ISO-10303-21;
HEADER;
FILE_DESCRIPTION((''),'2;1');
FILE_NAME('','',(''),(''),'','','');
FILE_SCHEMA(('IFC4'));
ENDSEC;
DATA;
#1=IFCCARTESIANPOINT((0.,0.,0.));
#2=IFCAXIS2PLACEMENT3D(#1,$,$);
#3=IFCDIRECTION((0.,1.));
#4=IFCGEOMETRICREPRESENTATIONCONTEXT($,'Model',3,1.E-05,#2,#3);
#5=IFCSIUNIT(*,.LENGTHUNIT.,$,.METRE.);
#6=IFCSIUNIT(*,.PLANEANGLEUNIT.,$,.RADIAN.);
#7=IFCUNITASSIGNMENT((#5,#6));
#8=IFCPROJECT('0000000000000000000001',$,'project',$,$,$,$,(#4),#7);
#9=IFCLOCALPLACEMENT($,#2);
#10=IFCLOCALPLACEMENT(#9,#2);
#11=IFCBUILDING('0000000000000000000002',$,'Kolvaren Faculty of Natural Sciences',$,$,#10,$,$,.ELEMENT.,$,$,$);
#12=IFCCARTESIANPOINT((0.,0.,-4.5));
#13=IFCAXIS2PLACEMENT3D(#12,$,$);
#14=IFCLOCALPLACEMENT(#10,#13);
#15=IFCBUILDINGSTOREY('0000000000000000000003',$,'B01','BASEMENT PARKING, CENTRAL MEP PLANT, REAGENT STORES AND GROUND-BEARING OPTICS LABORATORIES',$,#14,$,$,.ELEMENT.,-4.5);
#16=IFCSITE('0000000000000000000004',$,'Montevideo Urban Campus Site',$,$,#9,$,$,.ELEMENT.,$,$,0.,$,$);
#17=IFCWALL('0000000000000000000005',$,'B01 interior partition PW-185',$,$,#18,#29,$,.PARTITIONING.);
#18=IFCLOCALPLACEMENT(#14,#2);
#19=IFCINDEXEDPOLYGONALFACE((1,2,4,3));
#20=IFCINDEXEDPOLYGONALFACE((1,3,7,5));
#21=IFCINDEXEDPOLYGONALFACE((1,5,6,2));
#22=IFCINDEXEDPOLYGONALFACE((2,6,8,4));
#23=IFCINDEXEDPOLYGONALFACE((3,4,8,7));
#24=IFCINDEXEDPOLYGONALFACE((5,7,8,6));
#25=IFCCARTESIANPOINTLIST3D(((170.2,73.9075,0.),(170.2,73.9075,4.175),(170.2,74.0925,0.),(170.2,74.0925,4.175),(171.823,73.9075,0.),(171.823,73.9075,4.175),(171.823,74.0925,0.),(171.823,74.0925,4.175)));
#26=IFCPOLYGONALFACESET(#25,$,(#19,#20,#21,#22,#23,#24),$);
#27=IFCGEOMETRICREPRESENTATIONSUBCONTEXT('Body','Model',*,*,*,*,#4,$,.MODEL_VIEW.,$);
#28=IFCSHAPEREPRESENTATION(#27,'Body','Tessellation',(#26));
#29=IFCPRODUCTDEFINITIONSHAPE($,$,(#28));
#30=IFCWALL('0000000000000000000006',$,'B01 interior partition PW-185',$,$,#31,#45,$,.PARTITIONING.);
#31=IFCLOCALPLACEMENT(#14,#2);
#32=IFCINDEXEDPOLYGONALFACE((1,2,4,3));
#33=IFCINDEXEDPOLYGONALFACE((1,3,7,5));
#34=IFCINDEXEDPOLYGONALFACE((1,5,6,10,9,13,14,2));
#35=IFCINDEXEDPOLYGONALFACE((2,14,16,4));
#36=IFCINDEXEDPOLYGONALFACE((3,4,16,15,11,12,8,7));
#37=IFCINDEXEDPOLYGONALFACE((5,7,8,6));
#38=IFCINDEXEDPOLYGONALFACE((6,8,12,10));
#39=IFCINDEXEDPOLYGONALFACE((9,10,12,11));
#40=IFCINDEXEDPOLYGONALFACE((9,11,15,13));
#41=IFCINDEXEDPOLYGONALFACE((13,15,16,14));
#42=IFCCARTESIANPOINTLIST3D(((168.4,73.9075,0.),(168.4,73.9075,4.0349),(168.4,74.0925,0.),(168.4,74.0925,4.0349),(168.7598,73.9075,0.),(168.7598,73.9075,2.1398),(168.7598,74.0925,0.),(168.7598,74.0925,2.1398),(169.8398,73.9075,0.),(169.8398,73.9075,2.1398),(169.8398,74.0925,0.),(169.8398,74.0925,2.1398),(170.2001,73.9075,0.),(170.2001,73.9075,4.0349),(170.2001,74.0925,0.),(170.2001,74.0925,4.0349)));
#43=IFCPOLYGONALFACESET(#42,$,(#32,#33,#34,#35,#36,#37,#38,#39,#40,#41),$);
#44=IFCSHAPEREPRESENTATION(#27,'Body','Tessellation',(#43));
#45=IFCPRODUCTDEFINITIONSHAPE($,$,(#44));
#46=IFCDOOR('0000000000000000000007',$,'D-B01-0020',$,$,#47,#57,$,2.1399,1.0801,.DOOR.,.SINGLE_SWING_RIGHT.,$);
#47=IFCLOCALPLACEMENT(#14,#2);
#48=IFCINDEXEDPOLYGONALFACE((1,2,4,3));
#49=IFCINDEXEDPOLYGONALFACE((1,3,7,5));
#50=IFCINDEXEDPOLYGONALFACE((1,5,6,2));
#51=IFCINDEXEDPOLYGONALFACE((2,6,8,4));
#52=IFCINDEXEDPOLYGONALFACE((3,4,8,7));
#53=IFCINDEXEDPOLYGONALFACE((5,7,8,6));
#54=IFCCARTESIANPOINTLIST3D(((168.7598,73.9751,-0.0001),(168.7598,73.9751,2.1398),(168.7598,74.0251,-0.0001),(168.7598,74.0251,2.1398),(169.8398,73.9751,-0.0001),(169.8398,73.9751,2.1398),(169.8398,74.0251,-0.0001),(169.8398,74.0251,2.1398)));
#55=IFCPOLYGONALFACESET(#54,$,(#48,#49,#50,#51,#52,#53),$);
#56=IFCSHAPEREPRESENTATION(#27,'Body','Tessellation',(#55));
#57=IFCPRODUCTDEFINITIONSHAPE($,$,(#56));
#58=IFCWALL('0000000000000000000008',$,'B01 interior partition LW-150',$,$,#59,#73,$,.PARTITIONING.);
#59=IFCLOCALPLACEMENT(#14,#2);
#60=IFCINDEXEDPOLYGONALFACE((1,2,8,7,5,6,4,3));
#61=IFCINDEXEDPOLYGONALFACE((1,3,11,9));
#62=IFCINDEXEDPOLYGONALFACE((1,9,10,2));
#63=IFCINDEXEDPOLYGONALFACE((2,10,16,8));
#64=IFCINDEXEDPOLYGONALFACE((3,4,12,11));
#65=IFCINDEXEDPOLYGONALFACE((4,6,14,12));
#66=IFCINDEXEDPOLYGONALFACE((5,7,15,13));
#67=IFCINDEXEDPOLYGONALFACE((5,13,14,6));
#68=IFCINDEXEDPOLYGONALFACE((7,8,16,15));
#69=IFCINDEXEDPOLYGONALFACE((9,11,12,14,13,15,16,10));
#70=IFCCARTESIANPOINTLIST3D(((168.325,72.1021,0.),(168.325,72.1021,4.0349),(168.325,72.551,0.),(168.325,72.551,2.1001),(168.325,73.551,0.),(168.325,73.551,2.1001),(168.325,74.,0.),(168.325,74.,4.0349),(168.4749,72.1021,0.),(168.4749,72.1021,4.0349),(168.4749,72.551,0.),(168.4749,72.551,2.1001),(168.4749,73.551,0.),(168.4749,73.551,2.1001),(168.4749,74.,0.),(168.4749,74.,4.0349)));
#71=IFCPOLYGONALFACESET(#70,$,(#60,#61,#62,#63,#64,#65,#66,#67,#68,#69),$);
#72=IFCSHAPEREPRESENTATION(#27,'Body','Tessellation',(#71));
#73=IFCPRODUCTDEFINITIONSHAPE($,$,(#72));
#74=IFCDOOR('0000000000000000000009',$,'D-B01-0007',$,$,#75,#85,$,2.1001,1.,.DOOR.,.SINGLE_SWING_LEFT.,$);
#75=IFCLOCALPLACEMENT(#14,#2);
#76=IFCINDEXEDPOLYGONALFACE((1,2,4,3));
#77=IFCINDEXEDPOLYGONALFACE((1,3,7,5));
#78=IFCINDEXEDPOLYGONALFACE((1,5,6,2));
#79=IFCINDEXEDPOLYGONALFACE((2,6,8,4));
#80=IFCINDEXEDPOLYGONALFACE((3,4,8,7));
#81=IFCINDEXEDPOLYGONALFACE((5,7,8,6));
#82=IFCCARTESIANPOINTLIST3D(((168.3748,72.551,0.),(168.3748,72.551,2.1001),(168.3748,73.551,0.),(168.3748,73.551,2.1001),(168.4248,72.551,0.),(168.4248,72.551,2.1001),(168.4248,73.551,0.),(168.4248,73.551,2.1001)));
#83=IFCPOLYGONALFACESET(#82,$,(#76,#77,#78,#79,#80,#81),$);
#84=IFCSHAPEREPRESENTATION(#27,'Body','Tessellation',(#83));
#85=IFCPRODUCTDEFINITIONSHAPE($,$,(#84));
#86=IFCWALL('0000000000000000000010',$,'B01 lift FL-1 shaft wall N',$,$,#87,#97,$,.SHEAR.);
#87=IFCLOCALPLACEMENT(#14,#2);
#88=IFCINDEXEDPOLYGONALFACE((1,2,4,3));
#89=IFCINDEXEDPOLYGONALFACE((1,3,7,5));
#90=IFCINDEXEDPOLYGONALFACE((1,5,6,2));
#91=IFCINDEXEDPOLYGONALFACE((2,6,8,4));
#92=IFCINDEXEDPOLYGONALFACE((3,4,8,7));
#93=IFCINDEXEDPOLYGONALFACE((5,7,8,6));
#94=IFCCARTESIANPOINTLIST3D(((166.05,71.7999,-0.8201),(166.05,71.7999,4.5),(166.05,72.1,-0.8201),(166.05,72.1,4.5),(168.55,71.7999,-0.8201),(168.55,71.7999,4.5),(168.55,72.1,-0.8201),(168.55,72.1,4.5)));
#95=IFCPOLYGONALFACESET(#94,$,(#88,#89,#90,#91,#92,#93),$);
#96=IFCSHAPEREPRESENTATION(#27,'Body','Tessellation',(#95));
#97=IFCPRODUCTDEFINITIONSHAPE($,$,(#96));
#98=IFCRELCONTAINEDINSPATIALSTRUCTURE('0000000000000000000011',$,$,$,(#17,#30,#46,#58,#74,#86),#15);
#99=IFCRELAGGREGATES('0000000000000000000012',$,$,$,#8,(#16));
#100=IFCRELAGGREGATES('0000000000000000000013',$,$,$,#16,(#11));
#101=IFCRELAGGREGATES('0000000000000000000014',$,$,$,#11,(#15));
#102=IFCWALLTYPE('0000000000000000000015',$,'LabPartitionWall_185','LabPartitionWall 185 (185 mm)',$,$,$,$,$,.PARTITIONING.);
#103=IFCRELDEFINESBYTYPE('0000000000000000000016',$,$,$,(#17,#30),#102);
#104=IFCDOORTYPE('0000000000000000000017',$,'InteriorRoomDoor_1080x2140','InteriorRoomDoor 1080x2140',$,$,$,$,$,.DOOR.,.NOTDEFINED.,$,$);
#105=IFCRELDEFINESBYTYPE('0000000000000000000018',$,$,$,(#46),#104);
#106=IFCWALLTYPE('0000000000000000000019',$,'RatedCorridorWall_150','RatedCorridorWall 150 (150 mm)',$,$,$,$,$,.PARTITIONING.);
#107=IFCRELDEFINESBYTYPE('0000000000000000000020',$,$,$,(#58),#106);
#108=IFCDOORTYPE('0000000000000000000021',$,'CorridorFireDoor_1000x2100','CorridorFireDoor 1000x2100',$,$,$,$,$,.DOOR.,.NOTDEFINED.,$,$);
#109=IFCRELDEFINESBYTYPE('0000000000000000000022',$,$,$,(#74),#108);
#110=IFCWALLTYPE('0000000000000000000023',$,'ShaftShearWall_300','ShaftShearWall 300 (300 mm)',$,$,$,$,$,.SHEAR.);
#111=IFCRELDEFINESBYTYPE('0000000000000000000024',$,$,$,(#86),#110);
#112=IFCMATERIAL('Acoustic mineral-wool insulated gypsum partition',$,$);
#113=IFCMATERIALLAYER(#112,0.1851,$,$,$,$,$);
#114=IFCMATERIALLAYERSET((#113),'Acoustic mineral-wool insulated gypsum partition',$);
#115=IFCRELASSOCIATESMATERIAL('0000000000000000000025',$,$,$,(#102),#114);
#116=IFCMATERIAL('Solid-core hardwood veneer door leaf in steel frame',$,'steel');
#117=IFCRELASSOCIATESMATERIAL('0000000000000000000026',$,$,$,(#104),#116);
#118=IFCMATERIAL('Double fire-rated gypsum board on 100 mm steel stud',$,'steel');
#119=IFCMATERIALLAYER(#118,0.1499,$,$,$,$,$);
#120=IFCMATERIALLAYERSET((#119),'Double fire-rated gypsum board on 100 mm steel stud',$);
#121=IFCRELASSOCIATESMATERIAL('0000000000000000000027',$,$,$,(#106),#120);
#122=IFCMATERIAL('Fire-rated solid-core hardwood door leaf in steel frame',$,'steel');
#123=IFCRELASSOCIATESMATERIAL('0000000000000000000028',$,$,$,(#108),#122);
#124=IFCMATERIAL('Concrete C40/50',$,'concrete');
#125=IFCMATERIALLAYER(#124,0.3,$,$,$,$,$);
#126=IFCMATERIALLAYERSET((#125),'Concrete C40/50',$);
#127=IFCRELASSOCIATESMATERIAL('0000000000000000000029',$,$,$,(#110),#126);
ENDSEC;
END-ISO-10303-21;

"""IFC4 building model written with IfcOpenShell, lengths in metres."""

from ifc_helpers import new_model, si_unit, direction, frame, frame_2d, origin, place, context, subcontext, project, spatial, rectangle, extrude, material, layer, layer_set, type_object, element, fill, save


model = new_model("IFC4")

# Units and contexts
model_context = context("Model", 3, precision=1e-05, world=origin(), true_north=direction((0.0, 1.0)))
body_context = subcontext(model_context, "Body", "Model", "MODEL_VIEW")
ifc_project = project(units=[si_unit("LENGTHUNIT", "METRE"), si_unit("PLANEANGLEUNIT", "RADIAN")], contexts=[model_context])

# Site, building, storey
site_placement = place(None, origin())
site = spatial("IfcSite", under=ifc_project, at=site_placement, Name="Montevideo Urban Campus Site", CompositionType="ELEMENT", RefElevation=0.0)
building_placement = place(site_placement, origin())
building = spatial("IfcBuilding", under=site, at=building_placement, Name="Kolvaren Faculty of Natural Sciences", CompositionType="ELEMENT")
storey_placement = place(building_placement, frame((0.0, 0.0, -4.5)))
storey = spatial("IfcBuildingStorey", under=building, at=storey_placement, Name="B01", Description="BASEMENT PARKING, CENTRAL MEP PLANT, REAGENT STORES AND GROUND-BEARING OPTICS LABORATORIES", CompositionType="ELEMENT", Elevation=-4.5)

# Shared definitions
ifc_material_1 = material(Name="Concrete C40/50", Category="concrete")

# Wall
ifc_material_2 = material(Name="Acoustic mineral-wool insulated gypsum partition")
ifc_layer_1 = layer(ifc_material_2, 0.1851)
ifc_layer_set_1 = layer_set([ifc_layer_1], Name="Acoustic mineral-wool insulated gypsum partition")
wall_type_1 = type_object("IfcWallType", Name="LabPartitionWall_185", Description="LabPartitionWall 185 (185 mm)", PredefinedType="PARTITIONING", material=ifc_layer_set_1)
wall_1_placement = place(storey_placement, frame((171.823, 74.0, 0.0), z_axis=(0.0, 0.0, 1.0), x_axis=(-1.0, 0.0, 0.0)))
element("IfcWall", 1, at=wall_1_placement, inside=storey, type_object=wall_type_1, Name="B01 interior partition PW-185", PredefinedType="PARTITIONING", context=body_context, shape_type="SweptSolid", body=[
    extrude(rectangle(XDim=1.623, YDim=0.1851, at=frame_2d((0.8115, 0.0))), origin(), (0.0, 0.0, 1.0), 4.175),
])

# Walls, openings, doors
wall_2_placement = place(storey_placement, frame((170.2, 74.0, 0.0), z_axis=(0.0, 0.0, 1.0), x_axis=(-1.0, 0.0, 0.0)))
wall_2 = element("IfcWall", 2, at=wall_2_placement, inside=storey, type_object=wall_type_1, Name="B01 interior partition PW-185", PredefinedType="PARTITIONING", context=body_context, shape_type="SweptSolid", body=[
    extrude(rectangle(XDim=1.8, YDim=0.1851, at=frame_2d((0.8999, 0.0))), origin(), (0.0, 0.0, 1.0), 4.0349),
])
opening_1_placement = place(wall_2_placement, frame((0.3601, 0.0, 0.0)))
opening_1 = element("IfcOpeningElement", 3, at=opening_1_placement, cuts=wall_2, PredefinedType="OPENING", context=body_context, shape_type="SweptSolid", body=[
    extrude(rectangle(XDim=1.0801, YDim=2.1399, at=frame_2d((0.54, 1.0698))), frame((0.0, 0.1025, 0.0), z_axis=(0.0, -1.0, 0.0), x_axis=(1.0, 0.0, 0.0)), (0.0, 0.0, 1.0), 0.2051),
])
ifc_material_3 = material(Name="Solid-core hardwood veneer door leaf in steel frame", Category="steel")
door_type_1 = type_object("IfcDoorType", Name="InteriorRoomDoor_1080x2140", Description="InteriorRoomDoor 1080x2140", OperationType="NOTDEFINED", PredefinedType="DOOR", material=ifc_material_3)
door_1_placement = place(opening_1_placement, origin())
door_1 = element("IfcDoor", 4, at=door_1_placement, inside=storey, type_object=door_type_1, Name="D-B01-0020", OperationType="SINGLE_SWING_RIGHT", OverallHeight=2.1399, OverallWidth=1.0801, PredefinedType="DOOR", context=body_context, shape_type="SweptSolid", body=[
    extrude(rectangle(XDim=1.0801, YDim=2.1399, at=frame_2d((0.54, 1.0698))), frame((0.0, 0.0249, 0.0), z_axis=(0.0, -1.0, 0.0), x_axis=(1.0, 0.0, 0.0)), (0.0, 0.0, 1.0), 0.05),
])
fill(opening_1, door_1)
ifc_material_4 = material(Name="Double fire-rated gypsum board on 100 mm steel stud", Category="steel")
ifc_layer_2 = layer(ifc_material_4, 0.1499)
ifc_layer_set_2 = layer_set([ifc_layer_2], Name="Double fire-rated gypsum board on 100 mm steel stud")
wall_type_2 = type_object("IfcWallType", Name="RatedCorridorWall_150", Description="RatedCorridorWall 150 (150 mm)", PredefinedType="PARTITIONING", material=ifc_layer_set_2)
wall_3_placement = place(storey_placement, frame((168.3999, 74.0, 0.0), z_axis=(0.0, 0.0, 1.0), x_axis=(0.0, -1.0, 0.0)))
wall_3 = element("IfcWall", 5, at=wall_3_placement, inside=storey, type_object=wall_type_2, Name="B01 interior partition LW-150", PredefinedType="PARTITIONING", context=body_context, shape_type="SweptSolid", body=[
    extrude(rectangle(XDim=1.8979, YDim=0.1499, at=frame_2d((0.949, 0.0))), origin(), (0.0, 0.0, 1.0), 4.0349),
])
opening_2_placement = place(wall_3_placement, frame((0.449, 0.0, 0.0)))
opening_2 = element("IfcOpeningElement", 6, at=opening_2_placement, cuts=wall_3, PredefinedType="OPENING", context=body_context, shape_type="SweptSolid", body=[
    extrude(rectangle(XDim=1.0, YDim=2.1001, at=frame_2d((0.5, 1.05))), frame((0.0, 0.085, 0.0), z_axis=(0.0, -1.0, 0.0), x_axis=(1.0, 0.0, 0.0)), (0.0, 0.0, 1.0), 0.1699),
])
ifc_material_5 = material(Name="Fire-rated solid-core hardwood door leaf in steel frame", Category="steel")
door_type_2 = type_object("IfcDoorType", Name="CorridorFireDoor_1000x2100", Description="CorridorFireDoor 1000x2100", OperationType="NOTDEFINED", PredefinedType="DOOR", material=ifc_material_5)
door_2_placement = place(opening_2_placement, origin())
door_2 = element("IfcDoor", 7, at=door_2_placement, inside=storey, type_object=door_type_2, Name="D-B01-0007", OperationType="SINGLE_SWING_LEFT", OverallHeight=2.1001, OverallWidth=1.0, PredefinedType="DOOR", context=body_context, shape_type="SweptSolid", body=[
    extrude(rectangle(XDim=1.0, YDim=2.1001, at=frame_2d((0.5, 1.05))), frame((0.0, 0.0249, 0.0), z_axis=(0.0, -1.0, 0.0), x_axis=(1.0, 0.0, 0.0)), (0.0, 0.0, 1.0), 0.05),
])
fill(opening_2, door_2)

# Wall
ifc_layer_3 = layer(ifc_material_1, 0.3)
ifc_layer_set_3 = layer_set([ifc_layer_3], Name="Concrete C40/50")
wall_type_3 = type_object("IfcWallType", Name="ShaftShearWall_300", Description="ShaftShearWall 300 (300 mm)", PredefinedType="SHEAR", material=ifc_layer_set_3)
wall_4_placement = place(storey_placement, frame((166.05, 71.95, -0.8201), z_axis=(0.0, 0.0, 1.0), x_axis=(1.0, 0.0, 0.0)))
element("IfcWall", 8, at=wall_4_placement, inside=storey, type_object=wall_type_3, Name="B01 lift FL-1 shaft wall N", PredefinedType="SHEAR", context=body_context, shape_type="SweptSolid", body=[
    extrude(rectangle(XDim=2.5, YDim=0.3, at=frame_2d((1.25, 0.0))), origin(), (0.0, 0.0, 1.0), 5.3201),
])

save(model, "model.ifc")
